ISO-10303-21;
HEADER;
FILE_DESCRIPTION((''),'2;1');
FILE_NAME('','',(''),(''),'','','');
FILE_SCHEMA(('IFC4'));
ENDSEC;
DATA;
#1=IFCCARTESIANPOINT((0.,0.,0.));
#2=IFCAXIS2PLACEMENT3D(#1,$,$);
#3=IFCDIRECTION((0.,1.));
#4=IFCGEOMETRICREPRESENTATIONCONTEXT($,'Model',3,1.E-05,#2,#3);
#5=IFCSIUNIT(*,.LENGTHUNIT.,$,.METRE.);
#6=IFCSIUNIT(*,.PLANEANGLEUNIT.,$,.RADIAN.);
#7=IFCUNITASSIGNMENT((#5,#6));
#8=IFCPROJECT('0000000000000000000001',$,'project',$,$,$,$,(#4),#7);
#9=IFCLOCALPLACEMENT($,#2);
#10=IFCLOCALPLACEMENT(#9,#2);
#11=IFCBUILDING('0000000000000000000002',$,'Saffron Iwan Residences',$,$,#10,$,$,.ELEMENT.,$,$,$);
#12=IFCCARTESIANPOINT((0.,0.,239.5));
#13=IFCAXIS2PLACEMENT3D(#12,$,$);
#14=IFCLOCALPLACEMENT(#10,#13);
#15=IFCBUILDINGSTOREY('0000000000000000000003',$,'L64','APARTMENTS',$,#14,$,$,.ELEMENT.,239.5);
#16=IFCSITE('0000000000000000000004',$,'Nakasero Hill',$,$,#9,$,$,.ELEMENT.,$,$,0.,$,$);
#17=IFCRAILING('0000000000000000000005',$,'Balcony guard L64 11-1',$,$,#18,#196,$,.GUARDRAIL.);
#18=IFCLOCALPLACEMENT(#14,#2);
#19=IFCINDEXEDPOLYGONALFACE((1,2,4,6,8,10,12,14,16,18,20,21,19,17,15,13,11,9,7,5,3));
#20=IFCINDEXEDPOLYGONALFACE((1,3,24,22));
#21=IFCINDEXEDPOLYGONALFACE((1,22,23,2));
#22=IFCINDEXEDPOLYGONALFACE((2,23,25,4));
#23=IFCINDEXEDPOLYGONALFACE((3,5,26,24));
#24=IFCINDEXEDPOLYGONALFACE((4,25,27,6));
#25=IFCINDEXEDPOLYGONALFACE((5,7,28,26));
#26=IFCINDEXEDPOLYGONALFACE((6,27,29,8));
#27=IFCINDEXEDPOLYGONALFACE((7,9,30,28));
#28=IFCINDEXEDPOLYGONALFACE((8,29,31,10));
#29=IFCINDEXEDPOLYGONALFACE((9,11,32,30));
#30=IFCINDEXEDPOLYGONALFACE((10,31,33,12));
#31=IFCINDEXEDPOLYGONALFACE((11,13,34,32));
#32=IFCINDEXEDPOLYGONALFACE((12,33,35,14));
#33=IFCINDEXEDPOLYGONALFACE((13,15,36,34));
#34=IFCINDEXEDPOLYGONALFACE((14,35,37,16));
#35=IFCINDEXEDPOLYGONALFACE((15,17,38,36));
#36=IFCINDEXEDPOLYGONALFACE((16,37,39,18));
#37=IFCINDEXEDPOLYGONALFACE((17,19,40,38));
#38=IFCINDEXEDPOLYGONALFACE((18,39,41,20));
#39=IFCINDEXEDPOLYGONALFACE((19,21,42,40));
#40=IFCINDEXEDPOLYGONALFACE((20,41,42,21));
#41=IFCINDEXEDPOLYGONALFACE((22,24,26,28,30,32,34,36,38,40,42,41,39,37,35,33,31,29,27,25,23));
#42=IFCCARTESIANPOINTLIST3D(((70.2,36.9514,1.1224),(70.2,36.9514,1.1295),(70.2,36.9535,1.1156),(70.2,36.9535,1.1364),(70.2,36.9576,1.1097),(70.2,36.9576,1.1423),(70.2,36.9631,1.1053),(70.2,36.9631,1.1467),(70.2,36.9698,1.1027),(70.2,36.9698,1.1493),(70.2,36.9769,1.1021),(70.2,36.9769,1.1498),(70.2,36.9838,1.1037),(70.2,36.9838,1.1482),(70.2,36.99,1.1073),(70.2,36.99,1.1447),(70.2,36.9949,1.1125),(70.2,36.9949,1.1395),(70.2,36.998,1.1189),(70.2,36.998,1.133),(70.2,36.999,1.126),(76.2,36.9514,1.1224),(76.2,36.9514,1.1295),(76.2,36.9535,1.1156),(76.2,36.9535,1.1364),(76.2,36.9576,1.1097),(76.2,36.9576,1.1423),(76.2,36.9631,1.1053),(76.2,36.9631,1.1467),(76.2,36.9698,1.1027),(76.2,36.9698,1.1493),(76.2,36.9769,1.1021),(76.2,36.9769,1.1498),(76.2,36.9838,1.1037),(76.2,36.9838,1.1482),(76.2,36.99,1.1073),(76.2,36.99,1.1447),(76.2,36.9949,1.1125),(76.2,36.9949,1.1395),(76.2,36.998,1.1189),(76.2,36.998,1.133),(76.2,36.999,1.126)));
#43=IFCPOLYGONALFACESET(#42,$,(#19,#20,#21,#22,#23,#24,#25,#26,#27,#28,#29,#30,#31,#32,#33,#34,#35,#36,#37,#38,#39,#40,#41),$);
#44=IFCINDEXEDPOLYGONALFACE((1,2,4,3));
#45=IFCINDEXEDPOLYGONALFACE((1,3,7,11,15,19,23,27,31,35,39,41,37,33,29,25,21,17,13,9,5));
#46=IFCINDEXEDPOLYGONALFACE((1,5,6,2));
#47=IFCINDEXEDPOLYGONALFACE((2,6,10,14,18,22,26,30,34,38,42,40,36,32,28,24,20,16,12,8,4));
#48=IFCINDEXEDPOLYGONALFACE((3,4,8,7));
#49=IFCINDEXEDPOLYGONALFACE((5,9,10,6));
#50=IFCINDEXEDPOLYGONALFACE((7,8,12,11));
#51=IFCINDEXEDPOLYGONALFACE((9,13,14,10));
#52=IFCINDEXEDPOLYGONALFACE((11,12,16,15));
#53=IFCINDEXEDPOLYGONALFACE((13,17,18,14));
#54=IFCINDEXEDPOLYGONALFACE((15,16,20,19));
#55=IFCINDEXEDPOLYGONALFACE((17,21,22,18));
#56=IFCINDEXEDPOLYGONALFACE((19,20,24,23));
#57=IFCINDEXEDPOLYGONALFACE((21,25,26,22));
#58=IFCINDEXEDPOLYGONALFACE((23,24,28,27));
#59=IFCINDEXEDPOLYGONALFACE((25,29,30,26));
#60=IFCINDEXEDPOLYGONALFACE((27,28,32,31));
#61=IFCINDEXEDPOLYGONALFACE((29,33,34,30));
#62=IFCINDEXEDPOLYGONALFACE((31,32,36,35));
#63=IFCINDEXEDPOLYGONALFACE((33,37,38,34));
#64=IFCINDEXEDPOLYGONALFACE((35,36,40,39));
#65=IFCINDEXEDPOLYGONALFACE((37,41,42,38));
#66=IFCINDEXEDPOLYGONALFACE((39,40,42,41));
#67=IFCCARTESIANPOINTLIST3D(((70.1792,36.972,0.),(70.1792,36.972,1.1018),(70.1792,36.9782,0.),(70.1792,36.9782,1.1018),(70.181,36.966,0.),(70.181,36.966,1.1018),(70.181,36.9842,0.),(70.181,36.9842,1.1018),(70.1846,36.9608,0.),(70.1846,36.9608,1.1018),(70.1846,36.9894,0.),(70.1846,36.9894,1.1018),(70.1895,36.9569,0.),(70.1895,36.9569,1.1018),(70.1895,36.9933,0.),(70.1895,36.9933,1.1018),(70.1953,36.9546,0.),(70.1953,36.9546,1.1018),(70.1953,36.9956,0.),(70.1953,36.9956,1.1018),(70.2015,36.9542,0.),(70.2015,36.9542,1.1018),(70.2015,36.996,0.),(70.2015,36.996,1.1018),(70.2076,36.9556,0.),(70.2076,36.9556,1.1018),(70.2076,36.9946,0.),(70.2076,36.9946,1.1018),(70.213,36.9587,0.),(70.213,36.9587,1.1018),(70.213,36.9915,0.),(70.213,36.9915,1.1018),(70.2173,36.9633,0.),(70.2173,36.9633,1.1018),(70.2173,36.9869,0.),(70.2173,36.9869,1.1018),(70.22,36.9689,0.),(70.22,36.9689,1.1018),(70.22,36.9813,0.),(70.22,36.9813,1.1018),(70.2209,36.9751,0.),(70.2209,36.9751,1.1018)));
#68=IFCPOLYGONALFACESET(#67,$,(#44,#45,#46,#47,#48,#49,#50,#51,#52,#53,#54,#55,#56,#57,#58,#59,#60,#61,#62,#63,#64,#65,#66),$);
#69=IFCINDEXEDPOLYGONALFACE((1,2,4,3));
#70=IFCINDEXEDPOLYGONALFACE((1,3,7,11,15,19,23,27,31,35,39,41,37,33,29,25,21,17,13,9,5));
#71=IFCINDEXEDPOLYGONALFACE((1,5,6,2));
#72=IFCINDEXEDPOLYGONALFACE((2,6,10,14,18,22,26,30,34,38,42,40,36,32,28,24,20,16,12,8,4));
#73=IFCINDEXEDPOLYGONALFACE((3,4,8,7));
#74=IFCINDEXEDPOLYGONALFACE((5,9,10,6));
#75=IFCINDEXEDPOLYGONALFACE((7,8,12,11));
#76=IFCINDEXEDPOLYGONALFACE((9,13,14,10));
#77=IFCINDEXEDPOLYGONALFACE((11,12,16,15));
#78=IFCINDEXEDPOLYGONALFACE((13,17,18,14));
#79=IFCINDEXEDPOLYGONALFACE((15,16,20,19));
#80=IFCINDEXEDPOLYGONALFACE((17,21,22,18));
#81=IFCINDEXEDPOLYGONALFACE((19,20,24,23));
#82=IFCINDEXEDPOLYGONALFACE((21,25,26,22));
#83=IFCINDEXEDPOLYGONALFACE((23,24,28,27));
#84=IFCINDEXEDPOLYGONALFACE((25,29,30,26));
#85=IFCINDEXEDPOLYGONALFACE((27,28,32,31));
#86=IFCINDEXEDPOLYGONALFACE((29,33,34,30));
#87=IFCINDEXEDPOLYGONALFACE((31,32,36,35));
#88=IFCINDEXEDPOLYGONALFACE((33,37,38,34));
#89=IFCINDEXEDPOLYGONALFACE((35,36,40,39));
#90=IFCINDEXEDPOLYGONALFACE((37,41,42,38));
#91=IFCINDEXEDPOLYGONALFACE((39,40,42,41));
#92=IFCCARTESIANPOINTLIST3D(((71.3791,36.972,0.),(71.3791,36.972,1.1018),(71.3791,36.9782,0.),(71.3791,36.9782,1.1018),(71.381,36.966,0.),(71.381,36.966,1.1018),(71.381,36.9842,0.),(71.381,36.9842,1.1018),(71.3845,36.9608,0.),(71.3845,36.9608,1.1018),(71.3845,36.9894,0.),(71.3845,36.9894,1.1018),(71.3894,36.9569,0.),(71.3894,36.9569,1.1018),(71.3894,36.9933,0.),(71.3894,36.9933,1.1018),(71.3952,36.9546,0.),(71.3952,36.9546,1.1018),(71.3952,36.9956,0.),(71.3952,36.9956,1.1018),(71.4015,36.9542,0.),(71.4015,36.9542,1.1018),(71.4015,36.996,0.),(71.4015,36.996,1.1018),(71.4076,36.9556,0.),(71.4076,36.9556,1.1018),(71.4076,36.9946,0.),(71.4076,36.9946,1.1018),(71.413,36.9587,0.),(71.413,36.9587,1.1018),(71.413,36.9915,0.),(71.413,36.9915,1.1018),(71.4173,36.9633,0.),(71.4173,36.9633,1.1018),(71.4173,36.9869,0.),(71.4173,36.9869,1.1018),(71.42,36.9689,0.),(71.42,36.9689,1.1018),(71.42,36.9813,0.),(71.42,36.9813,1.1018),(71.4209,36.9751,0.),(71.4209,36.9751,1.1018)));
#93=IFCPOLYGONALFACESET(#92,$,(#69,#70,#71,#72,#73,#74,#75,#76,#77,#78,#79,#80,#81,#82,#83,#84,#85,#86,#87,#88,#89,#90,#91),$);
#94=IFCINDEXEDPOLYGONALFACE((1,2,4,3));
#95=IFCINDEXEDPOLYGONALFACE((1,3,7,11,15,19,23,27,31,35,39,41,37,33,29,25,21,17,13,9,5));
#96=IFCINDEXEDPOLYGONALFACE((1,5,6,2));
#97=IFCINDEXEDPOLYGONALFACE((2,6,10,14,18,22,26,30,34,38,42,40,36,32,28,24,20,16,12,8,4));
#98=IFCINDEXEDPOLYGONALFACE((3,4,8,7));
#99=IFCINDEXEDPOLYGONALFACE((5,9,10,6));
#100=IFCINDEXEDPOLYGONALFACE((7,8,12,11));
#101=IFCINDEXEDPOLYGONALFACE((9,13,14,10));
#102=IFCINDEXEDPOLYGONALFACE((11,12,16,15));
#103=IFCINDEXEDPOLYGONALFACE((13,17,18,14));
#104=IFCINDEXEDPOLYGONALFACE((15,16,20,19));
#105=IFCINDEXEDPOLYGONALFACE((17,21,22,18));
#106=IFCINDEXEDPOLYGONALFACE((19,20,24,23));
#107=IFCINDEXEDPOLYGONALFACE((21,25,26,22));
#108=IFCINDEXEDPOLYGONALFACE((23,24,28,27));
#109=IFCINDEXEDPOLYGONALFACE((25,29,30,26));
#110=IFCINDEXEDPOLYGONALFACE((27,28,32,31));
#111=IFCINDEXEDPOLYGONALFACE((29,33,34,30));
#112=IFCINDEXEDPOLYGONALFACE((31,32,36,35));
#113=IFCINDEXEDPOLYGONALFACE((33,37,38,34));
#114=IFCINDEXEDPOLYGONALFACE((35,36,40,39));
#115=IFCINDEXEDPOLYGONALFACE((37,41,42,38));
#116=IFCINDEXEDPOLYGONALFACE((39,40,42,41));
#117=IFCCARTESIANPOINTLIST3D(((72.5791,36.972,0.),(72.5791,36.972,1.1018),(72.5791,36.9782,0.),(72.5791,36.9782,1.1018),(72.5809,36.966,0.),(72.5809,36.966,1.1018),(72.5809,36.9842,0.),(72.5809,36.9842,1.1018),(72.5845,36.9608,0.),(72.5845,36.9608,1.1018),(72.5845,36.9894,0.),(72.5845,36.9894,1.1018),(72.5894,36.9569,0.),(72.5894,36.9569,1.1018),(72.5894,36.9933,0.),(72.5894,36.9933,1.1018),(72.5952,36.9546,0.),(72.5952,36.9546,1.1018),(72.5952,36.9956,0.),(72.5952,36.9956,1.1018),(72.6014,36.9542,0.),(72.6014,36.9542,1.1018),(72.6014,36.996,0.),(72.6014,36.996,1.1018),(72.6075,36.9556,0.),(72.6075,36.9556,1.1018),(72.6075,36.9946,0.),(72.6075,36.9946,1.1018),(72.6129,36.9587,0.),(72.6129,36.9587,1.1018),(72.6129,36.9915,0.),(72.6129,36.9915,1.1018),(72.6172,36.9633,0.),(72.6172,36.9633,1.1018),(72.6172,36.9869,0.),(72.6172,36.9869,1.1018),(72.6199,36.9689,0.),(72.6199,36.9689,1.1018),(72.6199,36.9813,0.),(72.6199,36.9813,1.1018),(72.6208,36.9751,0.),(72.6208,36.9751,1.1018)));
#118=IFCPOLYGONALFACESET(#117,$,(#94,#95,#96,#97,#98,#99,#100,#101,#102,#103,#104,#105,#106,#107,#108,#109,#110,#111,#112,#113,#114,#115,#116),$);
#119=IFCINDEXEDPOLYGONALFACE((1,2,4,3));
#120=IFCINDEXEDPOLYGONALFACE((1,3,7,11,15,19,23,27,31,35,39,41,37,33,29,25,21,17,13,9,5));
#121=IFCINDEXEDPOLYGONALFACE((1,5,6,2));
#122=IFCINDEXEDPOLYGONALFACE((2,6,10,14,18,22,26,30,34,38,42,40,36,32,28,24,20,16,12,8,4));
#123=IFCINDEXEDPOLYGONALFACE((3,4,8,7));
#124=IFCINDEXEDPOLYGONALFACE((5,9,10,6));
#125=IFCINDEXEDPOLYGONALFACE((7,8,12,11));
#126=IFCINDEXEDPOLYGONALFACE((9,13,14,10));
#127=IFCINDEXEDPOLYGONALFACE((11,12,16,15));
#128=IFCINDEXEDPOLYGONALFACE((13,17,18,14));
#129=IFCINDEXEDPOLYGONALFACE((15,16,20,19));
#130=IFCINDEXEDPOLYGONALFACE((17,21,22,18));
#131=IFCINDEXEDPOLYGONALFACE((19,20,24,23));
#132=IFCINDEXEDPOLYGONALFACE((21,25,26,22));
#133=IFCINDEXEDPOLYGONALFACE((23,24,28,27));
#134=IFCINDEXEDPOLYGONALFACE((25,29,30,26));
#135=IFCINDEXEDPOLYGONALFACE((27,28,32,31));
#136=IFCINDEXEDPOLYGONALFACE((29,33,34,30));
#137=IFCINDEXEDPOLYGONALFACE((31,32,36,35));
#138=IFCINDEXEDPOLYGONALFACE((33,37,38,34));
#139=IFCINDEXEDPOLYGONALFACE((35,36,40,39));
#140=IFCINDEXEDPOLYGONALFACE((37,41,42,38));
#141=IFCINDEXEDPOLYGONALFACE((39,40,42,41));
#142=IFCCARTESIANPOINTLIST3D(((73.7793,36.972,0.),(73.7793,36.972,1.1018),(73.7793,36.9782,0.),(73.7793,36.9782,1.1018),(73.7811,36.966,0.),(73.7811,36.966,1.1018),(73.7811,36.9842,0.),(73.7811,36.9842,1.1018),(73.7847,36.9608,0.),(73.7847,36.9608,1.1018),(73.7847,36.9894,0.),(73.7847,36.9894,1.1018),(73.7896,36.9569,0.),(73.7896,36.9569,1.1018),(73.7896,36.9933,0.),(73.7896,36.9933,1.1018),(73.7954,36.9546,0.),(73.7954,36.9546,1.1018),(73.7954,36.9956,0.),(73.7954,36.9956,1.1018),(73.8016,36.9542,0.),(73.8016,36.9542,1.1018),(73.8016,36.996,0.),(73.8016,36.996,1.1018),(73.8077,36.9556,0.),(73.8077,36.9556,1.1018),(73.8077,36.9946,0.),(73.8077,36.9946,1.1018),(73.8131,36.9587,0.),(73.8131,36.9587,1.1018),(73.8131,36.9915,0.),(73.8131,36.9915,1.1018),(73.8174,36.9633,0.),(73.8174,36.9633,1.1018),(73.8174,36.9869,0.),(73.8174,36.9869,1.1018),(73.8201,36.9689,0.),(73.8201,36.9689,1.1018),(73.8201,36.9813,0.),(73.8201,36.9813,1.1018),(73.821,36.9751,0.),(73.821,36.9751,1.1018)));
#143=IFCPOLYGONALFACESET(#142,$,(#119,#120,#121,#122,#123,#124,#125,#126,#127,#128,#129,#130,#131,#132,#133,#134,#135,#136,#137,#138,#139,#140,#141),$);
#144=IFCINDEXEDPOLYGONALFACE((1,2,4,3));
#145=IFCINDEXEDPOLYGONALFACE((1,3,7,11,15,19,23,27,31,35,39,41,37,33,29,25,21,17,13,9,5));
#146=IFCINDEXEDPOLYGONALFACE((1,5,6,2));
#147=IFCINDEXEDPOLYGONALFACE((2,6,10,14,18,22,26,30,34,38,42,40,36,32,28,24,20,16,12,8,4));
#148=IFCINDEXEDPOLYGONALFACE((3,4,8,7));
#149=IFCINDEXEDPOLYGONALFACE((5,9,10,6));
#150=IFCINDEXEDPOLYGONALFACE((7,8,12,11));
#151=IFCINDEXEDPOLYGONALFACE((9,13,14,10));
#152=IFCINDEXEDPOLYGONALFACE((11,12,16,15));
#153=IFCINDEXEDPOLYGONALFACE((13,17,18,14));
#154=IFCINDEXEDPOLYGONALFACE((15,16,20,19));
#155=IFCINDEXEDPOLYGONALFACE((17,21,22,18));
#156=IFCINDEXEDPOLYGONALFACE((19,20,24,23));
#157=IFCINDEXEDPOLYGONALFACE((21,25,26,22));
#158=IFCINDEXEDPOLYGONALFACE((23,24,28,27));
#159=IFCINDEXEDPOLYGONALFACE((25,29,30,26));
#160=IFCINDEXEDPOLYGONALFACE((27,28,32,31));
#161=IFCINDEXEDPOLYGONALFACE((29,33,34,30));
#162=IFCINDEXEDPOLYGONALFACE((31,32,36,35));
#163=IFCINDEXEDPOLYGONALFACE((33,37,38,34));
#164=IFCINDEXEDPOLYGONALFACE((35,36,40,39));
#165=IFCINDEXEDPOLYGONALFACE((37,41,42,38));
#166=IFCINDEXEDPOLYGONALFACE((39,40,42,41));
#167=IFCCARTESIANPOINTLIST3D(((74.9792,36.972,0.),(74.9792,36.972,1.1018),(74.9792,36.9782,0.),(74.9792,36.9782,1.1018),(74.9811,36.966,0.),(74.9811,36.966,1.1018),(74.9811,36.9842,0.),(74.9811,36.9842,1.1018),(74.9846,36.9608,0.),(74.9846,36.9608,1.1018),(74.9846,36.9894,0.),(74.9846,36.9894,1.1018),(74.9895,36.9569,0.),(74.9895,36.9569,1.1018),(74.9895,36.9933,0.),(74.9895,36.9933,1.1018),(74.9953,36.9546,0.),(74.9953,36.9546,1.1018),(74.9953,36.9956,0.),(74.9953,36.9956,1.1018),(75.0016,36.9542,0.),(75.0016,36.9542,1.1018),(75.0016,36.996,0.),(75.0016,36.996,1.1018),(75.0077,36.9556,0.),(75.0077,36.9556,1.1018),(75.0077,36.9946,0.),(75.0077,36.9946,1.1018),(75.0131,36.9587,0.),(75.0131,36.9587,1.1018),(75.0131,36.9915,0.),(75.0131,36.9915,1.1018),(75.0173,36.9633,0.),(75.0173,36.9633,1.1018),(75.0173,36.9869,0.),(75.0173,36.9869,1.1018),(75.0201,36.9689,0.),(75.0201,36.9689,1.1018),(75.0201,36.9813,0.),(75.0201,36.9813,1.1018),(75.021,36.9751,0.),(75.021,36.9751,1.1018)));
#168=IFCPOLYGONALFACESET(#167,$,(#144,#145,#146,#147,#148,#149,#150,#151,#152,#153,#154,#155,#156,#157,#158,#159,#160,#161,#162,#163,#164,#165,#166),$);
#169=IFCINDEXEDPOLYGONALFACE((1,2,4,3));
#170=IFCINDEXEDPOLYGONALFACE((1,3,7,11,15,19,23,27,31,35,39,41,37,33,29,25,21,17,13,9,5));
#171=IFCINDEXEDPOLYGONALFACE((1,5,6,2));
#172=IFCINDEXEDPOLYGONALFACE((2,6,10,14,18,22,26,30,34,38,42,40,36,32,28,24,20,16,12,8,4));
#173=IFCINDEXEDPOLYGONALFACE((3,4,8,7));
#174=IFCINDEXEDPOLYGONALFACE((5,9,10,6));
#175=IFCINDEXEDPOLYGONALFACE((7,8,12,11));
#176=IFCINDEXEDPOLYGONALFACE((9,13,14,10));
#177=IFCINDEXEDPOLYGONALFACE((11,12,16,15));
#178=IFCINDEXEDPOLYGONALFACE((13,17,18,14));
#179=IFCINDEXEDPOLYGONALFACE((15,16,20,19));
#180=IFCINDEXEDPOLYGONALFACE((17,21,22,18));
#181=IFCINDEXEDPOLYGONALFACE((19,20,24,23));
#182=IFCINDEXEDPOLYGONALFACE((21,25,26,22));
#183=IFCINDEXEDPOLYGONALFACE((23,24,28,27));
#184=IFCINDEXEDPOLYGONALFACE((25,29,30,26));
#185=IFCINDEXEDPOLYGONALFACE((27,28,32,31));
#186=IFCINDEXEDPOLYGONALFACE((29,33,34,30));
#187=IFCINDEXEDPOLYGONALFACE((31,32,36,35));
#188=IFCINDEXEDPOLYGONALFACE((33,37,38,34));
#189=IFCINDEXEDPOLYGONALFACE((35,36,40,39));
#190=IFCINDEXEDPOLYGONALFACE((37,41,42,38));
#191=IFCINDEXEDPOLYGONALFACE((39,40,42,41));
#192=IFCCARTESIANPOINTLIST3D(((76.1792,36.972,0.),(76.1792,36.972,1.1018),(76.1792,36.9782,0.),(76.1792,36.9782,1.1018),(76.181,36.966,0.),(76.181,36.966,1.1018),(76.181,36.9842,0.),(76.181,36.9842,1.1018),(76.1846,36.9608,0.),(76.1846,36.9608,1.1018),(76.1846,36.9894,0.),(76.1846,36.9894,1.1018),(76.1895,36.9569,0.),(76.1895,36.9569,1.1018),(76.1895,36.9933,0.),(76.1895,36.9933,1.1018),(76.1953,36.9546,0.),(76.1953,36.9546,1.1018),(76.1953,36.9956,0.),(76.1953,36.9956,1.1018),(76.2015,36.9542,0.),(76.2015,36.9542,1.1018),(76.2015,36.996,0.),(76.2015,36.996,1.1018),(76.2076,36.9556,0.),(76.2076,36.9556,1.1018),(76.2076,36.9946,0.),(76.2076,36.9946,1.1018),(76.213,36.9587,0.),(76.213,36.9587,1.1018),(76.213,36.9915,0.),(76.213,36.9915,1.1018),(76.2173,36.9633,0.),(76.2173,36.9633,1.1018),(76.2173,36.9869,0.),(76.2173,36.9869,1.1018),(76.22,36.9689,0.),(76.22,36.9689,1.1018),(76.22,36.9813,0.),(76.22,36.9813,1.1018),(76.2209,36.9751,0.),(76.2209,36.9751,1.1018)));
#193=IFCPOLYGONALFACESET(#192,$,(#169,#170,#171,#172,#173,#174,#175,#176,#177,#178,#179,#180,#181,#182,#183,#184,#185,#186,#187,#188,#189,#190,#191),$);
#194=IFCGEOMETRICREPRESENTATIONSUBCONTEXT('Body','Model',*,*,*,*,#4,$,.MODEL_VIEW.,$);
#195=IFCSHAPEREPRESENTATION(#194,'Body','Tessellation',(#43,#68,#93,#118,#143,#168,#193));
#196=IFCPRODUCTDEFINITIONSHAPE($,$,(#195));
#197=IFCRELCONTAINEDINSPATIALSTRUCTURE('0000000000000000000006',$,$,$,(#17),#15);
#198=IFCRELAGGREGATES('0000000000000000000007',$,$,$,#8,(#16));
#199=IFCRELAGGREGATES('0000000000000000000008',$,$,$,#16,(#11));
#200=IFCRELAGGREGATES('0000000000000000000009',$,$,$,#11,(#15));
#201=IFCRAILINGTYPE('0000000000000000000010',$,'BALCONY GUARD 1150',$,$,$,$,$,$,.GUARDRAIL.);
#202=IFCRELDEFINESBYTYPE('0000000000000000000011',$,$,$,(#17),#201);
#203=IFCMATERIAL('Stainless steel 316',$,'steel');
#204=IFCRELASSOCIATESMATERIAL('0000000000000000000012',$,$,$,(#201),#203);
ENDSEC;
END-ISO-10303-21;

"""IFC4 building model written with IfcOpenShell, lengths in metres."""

from ifc_helpers import new_model, si_unit, direction, frame, origin, origin_2d, place, context, subcontext, project, spatial, circle, extrude, material, type_object, element, save


model = new_model("IFC4")

# Units and contexts
model_context = context("Model", 3, precision=1e-05, world=origin(), true_north=direction((0.0, 1.0)))
body_context = subcontext(model_context, "Body", "Model", "MODEL_VIEW")
ifc_project = project(units=[si_unit("LENGTHUNIT", "METRE"), si_unit("PLANEANGLEUNIT", "RADIAN")], contexts=[model_context])

# Site, building, storey
site_placement = place(None, origin())
site = spatial("IfcSite", under=ifc_project, at=site_placement, Name="Nakasero Hill", CompositionType="ELEMENT", RefElevation=0.0)
building_placement = place(site_placement, origin())
building = spatial("IfcBuilding", under=site, at=building_placement, Name="Saffron Iwan Residences", CompositionType="ELEMENT")
storey_placement = place(building_placement, frame((0.0, 0.0, 239.5)))
storey = spatial("IfcBuildingStorey", under=building, at=storey_placement, Name="L64", Description="APARTMENTS", CompositionType="ELEMENT", Elevation=239.5)

# Railing
ifc_material_1 = material(Name="Stainless steel 316", Category="steel")
railing_type = type_object("IfcRailingType", Name="BALCONY GUARD 1150", PredefinedType="GUARDRAIL", material=ifc_material_1)
railing_placement = place(storey_placement, frame((70.2, 36.9751, 0.0)))
element("IfcRailing", 1, at=railing_placement, inside=storey, type_object=railing_type, Name="Balcony guard L64 11-1", PredefinedType="GUARDRAIL", context=body_context, shape_type="SweptSolid", body=[
    extrude(circle(Radius=0.0239, at=origin_2d()), frame((0.0, 0.0, 1.126), z_axis=(1.0, 0.0, 0.0), x_axis=(0.0, 1.0, 0.0)), (0.0, 0.0, 1.0), 6.0),
    extrude(circle(Radius=0.021, at=origin_2d()), origin(), (0.0, 0.0, 1.0), 1.1018),
    extrude(circle(Radius=0.021, at=origin_2d()), frame((1.2, 0.0, 0.0)), (0.0, 0.0, 1.0), 1.1018),
    extrude(circle(Radius=0.021, at=origin_2d()), frame((2.3999, 0.0, 0.0)), (0.0, 0.0, 1.0), 1.1018),
    extrude(circle(Radius=0.021, at=origin_2d()), frame((3.6001, 0.0, 0.0)), (0.0, 0.0, 1.0), 1.1018),
    extrude(circle(Radius=0.021, at=origin_2d()), frame((4.8, 0.0, 0.0)), (0.0, 0.0, 1.0), 1.1018),
    extrude(circle(Radius=0.021, at=origin_2d()), frame((6.0, 0.0, 0.0)), (0.0, 0.0, 1.0), 1.1018),
])

save(model, "model.ifc")
